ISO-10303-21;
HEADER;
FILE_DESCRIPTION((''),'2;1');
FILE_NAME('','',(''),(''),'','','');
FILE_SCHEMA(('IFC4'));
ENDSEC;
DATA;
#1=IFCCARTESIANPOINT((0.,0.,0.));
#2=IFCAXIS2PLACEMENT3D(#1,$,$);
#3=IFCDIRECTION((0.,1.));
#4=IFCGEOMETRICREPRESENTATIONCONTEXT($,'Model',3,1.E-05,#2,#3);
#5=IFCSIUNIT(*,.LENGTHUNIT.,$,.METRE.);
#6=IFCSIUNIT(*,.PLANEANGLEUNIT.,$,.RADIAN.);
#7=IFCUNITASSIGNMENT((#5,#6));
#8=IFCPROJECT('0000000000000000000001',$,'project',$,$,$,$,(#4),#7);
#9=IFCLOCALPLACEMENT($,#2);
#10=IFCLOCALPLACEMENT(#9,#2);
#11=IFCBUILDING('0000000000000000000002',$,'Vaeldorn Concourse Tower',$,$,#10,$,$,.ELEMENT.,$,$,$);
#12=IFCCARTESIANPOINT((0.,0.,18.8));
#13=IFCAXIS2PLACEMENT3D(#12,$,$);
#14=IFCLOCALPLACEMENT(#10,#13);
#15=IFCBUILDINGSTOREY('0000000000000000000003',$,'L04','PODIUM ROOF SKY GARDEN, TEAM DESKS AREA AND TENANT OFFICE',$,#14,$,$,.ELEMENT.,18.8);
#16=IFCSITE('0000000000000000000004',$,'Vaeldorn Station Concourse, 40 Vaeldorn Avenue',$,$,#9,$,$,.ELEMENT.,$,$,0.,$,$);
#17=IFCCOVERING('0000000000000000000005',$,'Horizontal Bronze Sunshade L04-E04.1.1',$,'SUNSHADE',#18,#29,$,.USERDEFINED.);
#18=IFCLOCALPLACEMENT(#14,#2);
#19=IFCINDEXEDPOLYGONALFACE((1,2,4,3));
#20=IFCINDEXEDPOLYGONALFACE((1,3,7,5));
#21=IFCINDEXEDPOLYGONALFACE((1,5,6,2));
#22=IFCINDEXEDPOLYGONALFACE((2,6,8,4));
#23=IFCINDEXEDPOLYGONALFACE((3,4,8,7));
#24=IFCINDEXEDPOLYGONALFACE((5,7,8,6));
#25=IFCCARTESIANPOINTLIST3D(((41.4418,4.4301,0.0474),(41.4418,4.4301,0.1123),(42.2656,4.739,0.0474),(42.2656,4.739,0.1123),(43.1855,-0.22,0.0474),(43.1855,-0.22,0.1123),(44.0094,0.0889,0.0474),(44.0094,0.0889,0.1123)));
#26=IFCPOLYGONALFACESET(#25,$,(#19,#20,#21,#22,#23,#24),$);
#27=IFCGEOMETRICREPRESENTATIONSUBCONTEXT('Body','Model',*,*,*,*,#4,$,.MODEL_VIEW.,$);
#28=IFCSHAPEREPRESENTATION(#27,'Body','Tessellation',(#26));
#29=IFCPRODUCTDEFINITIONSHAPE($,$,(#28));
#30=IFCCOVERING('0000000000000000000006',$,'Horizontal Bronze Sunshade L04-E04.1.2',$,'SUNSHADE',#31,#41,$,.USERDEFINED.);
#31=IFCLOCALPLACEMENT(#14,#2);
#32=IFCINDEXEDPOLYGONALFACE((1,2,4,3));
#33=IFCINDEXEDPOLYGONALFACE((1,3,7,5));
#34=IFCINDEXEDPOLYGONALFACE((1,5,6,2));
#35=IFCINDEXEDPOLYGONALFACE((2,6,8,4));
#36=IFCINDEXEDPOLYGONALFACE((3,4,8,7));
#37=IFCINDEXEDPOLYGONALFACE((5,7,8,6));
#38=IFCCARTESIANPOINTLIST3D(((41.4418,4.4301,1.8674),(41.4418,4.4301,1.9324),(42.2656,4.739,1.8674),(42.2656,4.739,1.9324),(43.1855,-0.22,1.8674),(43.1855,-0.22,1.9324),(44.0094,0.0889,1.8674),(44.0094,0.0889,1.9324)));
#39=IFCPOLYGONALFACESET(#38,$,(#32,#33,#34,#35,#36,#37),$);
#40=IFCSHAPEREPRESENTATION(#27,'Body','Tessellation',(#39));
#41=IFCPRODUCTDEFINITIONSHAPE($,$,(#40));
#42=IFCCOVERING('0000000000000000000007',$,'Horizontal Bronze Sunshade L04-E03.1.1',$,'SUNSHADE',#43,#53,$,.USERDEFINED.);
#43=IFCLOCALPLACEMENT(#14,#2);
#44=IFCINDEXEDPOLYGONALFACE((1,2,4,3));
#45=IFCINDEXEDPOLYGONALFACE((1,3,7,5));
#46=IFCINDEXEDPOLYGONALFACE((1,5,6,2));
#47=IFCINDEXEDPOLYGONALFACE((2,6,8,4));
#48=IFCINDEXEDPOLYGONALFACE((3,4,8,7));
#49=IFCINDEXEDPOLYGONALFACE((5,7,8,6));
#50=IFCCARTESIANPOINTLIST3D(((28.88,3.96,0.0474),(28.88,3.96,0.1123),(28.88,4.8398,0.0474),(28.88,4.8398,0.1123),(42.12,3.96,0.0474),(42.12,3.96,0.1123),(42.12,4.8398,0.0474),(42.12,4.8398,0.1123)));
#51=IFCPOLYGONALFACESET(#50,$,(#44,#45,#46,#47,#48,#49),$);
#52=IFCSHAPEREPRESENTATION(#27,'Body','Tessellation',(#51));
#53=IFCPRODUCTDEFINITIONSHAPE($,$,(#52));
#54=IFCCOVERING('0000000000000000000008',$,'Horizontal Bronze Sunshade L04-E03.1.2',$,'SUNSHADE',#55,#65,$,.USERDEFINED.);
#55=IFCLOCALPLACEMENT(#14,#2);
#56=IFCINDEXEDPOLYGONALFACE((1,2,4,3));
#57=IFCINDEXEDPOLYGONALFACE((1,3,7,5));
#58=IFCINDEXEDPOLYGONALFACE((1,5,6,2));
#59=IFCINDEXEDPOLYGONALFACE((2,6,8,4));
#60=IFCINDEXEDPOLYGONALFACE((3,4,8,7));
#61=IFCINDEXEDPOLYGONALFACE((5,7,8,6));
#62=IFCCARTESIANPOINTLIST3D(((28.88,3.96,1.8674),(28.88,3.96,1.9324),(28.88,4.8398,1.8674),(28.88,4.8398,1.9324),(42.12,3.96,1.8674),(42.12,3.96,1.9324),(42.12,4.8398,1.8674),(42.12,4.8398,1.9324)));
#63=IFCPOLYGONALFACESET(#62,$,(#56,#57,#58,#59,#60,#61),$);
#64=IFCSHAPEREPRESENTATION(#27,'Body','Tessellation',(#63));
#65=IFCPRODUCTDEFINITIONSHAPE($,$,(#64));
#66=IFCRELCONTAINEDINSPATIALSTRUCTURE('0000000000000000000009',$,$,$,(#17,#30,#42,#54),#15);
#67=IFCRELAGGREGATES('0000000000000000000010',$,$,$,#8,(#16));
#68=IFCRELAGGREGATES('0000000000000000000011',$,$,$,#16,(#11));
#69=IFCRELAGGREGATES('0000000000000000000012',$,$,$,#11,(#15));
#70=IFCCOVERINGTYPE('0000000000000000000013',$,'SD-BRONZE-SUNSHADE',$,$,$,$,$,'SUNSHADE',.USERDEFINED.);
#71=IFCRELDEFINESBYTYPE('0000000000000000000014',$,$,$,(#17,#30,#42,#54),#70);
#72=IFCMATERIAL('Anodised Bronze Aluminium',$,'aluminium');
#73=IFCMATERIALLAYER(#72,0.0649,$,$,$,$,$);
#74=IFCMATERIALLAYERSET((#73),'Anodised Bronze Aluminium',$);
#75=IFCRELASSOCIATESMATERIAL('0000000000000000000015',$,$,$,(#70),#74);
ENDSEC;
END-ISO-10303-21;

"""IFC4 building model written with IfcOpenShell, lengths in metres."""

from ifc_helpers import new_model, si_unit, direction, frame, origin, origin_2d, place, context, subcontext, project, spatial, rectangle, extrude, source, transform, mapped, material, layer, layer_set, type_object, element, save


model = new_model("IFC4")

# Units and contexts
model_context = context("Model", 3, precision=1e-05, world=origin(), true_north=direction((0.0, 1.0)))
body_context = subcontext(model_context, "Body", "Model", "MODEL_VIEW")
ifc_project = project(units=[si_unit("LENGTHUNIT", "METRE"), si_unit("PLANEANGLEUNIT", "RADIAN")], contexts=[model_context])

# Site, building, storey
site_placement = place(None, origin())
site = spatial("IfcSite", under=ifc_project, at=site_placement, Name="Vaeldorn Station Concourse, 40 Vaeldorn Avenue", CompositionType="ELEMENT", RefElevation=0.0)
building_placement = place(site_placement, origin())
building = spatial("IfcBuilding", under=site, at=building_placement, Name="Vaeldorn Concourse Tower", CompositionType="ELEMENT")
storey_placement = place(building_placement, frame((0.0, 0.0, 18.8)))
storey = spatial("IfcBuildingStorey", under=building, at=storey_placement, Name="L04", Description="PODIUM ROOF SKY GARDEN, TEAM DESKS AREA AND TENANT OFFICE", CompositionType="ELEMENT", Elevation=18.8)

# Shared definitions
ifc_material_1 = material(Name="Anodised Bronze Aluminium", Category="aluminium")

# Coverings
ifc_layer_1 = layer(ifc_material_1, 0.0649)
ifc_layer_set_1 = layer_set([ifc_layer_1], Name="Anodised Bronze Aluminium")
covering_type = type_object("IfcCoveringType", Name="SD-BRONZE-SUNSHADE", ElementType="SUNSHADE", PredefinedType="USERDEFINED", material=ifc_layer_set_1)
shared_shape_1 = source(origin(), body_context, "Body", "SweptSolid", [
    extrude(rectangle(XDim=4.9663, YDim=0.8799, at=origin_2d()), origin(), (0.0, 0.0, 1.0), 0.0649),
])
for number, where, z_axis, x_axis, name in (
    (1, (42.7256, 2.2595, 0.0474), (0.0, 0.0, 1.0), (0.351123, -0.936329, 0.0), "Horizontal Bronze Sunshade L04-E04.1.1"),
    (2, (42.7256, 2.2595, 1.8674), (0.0, 0.0, 1.0), (0.351123, -0.936329, 0.0), "Horizontal Bronze Sunshade L04-E04.1.2"),
):
    element("IfcCovering", number, at=place(storey_placement, frame(where, z_axis=z_axis, x_axis=x_axis)), inside=storey, type_object=covering_type, Name=name, ObjectType="SUNSHADE", PredefinedType="USERDEFINED", context=body_context, shape_type="MappedRepresentation", body=[
        mapped(shared_shape_1, transform((0.0, 0.0, 0.0), scale=1.0)),
    ])
shared_shape_2 = source(origin(), body_context, "Body", "SweptSolid", [
    extrude(rectangle(XDim=13.24, YDim=0.8799, at=origin_2d()), origin(), (0.0, 0.0, 1.0), 0.0649),
])
for number, where, z_axis, x_axis, name in (
    (3, (35.5, 4.3999, 0.0474), (0.0, 0.0, 1.0), (1.0, 0.0, 0.0), "Horizontal Bronze Sunshade L04-E03.1.1"),
    (4, (35.5, 4.3999, 1.8674), (0.0, 0.0, 1.0), (1.0, 0.0, 0.0), "Horizontal Bronze Sunshade L04-E03.1.2"),
):
    element("IfcCovering", number, at=place(storey_placement, frame(where, z_axis=z_axis, x_axis=x_axis)), inside=storey, type_object=covering_type, Name=name, ObjectType="SUNSHADE", PredefinedType="USERDEFINED", context=body_context, shape_type="MappedRepresentation", body=[
        mapped(shared_shape_2, transform((0.0, 0.0, 0.0), scale=1.0)),
    ])

save(model, "model.ifc")
